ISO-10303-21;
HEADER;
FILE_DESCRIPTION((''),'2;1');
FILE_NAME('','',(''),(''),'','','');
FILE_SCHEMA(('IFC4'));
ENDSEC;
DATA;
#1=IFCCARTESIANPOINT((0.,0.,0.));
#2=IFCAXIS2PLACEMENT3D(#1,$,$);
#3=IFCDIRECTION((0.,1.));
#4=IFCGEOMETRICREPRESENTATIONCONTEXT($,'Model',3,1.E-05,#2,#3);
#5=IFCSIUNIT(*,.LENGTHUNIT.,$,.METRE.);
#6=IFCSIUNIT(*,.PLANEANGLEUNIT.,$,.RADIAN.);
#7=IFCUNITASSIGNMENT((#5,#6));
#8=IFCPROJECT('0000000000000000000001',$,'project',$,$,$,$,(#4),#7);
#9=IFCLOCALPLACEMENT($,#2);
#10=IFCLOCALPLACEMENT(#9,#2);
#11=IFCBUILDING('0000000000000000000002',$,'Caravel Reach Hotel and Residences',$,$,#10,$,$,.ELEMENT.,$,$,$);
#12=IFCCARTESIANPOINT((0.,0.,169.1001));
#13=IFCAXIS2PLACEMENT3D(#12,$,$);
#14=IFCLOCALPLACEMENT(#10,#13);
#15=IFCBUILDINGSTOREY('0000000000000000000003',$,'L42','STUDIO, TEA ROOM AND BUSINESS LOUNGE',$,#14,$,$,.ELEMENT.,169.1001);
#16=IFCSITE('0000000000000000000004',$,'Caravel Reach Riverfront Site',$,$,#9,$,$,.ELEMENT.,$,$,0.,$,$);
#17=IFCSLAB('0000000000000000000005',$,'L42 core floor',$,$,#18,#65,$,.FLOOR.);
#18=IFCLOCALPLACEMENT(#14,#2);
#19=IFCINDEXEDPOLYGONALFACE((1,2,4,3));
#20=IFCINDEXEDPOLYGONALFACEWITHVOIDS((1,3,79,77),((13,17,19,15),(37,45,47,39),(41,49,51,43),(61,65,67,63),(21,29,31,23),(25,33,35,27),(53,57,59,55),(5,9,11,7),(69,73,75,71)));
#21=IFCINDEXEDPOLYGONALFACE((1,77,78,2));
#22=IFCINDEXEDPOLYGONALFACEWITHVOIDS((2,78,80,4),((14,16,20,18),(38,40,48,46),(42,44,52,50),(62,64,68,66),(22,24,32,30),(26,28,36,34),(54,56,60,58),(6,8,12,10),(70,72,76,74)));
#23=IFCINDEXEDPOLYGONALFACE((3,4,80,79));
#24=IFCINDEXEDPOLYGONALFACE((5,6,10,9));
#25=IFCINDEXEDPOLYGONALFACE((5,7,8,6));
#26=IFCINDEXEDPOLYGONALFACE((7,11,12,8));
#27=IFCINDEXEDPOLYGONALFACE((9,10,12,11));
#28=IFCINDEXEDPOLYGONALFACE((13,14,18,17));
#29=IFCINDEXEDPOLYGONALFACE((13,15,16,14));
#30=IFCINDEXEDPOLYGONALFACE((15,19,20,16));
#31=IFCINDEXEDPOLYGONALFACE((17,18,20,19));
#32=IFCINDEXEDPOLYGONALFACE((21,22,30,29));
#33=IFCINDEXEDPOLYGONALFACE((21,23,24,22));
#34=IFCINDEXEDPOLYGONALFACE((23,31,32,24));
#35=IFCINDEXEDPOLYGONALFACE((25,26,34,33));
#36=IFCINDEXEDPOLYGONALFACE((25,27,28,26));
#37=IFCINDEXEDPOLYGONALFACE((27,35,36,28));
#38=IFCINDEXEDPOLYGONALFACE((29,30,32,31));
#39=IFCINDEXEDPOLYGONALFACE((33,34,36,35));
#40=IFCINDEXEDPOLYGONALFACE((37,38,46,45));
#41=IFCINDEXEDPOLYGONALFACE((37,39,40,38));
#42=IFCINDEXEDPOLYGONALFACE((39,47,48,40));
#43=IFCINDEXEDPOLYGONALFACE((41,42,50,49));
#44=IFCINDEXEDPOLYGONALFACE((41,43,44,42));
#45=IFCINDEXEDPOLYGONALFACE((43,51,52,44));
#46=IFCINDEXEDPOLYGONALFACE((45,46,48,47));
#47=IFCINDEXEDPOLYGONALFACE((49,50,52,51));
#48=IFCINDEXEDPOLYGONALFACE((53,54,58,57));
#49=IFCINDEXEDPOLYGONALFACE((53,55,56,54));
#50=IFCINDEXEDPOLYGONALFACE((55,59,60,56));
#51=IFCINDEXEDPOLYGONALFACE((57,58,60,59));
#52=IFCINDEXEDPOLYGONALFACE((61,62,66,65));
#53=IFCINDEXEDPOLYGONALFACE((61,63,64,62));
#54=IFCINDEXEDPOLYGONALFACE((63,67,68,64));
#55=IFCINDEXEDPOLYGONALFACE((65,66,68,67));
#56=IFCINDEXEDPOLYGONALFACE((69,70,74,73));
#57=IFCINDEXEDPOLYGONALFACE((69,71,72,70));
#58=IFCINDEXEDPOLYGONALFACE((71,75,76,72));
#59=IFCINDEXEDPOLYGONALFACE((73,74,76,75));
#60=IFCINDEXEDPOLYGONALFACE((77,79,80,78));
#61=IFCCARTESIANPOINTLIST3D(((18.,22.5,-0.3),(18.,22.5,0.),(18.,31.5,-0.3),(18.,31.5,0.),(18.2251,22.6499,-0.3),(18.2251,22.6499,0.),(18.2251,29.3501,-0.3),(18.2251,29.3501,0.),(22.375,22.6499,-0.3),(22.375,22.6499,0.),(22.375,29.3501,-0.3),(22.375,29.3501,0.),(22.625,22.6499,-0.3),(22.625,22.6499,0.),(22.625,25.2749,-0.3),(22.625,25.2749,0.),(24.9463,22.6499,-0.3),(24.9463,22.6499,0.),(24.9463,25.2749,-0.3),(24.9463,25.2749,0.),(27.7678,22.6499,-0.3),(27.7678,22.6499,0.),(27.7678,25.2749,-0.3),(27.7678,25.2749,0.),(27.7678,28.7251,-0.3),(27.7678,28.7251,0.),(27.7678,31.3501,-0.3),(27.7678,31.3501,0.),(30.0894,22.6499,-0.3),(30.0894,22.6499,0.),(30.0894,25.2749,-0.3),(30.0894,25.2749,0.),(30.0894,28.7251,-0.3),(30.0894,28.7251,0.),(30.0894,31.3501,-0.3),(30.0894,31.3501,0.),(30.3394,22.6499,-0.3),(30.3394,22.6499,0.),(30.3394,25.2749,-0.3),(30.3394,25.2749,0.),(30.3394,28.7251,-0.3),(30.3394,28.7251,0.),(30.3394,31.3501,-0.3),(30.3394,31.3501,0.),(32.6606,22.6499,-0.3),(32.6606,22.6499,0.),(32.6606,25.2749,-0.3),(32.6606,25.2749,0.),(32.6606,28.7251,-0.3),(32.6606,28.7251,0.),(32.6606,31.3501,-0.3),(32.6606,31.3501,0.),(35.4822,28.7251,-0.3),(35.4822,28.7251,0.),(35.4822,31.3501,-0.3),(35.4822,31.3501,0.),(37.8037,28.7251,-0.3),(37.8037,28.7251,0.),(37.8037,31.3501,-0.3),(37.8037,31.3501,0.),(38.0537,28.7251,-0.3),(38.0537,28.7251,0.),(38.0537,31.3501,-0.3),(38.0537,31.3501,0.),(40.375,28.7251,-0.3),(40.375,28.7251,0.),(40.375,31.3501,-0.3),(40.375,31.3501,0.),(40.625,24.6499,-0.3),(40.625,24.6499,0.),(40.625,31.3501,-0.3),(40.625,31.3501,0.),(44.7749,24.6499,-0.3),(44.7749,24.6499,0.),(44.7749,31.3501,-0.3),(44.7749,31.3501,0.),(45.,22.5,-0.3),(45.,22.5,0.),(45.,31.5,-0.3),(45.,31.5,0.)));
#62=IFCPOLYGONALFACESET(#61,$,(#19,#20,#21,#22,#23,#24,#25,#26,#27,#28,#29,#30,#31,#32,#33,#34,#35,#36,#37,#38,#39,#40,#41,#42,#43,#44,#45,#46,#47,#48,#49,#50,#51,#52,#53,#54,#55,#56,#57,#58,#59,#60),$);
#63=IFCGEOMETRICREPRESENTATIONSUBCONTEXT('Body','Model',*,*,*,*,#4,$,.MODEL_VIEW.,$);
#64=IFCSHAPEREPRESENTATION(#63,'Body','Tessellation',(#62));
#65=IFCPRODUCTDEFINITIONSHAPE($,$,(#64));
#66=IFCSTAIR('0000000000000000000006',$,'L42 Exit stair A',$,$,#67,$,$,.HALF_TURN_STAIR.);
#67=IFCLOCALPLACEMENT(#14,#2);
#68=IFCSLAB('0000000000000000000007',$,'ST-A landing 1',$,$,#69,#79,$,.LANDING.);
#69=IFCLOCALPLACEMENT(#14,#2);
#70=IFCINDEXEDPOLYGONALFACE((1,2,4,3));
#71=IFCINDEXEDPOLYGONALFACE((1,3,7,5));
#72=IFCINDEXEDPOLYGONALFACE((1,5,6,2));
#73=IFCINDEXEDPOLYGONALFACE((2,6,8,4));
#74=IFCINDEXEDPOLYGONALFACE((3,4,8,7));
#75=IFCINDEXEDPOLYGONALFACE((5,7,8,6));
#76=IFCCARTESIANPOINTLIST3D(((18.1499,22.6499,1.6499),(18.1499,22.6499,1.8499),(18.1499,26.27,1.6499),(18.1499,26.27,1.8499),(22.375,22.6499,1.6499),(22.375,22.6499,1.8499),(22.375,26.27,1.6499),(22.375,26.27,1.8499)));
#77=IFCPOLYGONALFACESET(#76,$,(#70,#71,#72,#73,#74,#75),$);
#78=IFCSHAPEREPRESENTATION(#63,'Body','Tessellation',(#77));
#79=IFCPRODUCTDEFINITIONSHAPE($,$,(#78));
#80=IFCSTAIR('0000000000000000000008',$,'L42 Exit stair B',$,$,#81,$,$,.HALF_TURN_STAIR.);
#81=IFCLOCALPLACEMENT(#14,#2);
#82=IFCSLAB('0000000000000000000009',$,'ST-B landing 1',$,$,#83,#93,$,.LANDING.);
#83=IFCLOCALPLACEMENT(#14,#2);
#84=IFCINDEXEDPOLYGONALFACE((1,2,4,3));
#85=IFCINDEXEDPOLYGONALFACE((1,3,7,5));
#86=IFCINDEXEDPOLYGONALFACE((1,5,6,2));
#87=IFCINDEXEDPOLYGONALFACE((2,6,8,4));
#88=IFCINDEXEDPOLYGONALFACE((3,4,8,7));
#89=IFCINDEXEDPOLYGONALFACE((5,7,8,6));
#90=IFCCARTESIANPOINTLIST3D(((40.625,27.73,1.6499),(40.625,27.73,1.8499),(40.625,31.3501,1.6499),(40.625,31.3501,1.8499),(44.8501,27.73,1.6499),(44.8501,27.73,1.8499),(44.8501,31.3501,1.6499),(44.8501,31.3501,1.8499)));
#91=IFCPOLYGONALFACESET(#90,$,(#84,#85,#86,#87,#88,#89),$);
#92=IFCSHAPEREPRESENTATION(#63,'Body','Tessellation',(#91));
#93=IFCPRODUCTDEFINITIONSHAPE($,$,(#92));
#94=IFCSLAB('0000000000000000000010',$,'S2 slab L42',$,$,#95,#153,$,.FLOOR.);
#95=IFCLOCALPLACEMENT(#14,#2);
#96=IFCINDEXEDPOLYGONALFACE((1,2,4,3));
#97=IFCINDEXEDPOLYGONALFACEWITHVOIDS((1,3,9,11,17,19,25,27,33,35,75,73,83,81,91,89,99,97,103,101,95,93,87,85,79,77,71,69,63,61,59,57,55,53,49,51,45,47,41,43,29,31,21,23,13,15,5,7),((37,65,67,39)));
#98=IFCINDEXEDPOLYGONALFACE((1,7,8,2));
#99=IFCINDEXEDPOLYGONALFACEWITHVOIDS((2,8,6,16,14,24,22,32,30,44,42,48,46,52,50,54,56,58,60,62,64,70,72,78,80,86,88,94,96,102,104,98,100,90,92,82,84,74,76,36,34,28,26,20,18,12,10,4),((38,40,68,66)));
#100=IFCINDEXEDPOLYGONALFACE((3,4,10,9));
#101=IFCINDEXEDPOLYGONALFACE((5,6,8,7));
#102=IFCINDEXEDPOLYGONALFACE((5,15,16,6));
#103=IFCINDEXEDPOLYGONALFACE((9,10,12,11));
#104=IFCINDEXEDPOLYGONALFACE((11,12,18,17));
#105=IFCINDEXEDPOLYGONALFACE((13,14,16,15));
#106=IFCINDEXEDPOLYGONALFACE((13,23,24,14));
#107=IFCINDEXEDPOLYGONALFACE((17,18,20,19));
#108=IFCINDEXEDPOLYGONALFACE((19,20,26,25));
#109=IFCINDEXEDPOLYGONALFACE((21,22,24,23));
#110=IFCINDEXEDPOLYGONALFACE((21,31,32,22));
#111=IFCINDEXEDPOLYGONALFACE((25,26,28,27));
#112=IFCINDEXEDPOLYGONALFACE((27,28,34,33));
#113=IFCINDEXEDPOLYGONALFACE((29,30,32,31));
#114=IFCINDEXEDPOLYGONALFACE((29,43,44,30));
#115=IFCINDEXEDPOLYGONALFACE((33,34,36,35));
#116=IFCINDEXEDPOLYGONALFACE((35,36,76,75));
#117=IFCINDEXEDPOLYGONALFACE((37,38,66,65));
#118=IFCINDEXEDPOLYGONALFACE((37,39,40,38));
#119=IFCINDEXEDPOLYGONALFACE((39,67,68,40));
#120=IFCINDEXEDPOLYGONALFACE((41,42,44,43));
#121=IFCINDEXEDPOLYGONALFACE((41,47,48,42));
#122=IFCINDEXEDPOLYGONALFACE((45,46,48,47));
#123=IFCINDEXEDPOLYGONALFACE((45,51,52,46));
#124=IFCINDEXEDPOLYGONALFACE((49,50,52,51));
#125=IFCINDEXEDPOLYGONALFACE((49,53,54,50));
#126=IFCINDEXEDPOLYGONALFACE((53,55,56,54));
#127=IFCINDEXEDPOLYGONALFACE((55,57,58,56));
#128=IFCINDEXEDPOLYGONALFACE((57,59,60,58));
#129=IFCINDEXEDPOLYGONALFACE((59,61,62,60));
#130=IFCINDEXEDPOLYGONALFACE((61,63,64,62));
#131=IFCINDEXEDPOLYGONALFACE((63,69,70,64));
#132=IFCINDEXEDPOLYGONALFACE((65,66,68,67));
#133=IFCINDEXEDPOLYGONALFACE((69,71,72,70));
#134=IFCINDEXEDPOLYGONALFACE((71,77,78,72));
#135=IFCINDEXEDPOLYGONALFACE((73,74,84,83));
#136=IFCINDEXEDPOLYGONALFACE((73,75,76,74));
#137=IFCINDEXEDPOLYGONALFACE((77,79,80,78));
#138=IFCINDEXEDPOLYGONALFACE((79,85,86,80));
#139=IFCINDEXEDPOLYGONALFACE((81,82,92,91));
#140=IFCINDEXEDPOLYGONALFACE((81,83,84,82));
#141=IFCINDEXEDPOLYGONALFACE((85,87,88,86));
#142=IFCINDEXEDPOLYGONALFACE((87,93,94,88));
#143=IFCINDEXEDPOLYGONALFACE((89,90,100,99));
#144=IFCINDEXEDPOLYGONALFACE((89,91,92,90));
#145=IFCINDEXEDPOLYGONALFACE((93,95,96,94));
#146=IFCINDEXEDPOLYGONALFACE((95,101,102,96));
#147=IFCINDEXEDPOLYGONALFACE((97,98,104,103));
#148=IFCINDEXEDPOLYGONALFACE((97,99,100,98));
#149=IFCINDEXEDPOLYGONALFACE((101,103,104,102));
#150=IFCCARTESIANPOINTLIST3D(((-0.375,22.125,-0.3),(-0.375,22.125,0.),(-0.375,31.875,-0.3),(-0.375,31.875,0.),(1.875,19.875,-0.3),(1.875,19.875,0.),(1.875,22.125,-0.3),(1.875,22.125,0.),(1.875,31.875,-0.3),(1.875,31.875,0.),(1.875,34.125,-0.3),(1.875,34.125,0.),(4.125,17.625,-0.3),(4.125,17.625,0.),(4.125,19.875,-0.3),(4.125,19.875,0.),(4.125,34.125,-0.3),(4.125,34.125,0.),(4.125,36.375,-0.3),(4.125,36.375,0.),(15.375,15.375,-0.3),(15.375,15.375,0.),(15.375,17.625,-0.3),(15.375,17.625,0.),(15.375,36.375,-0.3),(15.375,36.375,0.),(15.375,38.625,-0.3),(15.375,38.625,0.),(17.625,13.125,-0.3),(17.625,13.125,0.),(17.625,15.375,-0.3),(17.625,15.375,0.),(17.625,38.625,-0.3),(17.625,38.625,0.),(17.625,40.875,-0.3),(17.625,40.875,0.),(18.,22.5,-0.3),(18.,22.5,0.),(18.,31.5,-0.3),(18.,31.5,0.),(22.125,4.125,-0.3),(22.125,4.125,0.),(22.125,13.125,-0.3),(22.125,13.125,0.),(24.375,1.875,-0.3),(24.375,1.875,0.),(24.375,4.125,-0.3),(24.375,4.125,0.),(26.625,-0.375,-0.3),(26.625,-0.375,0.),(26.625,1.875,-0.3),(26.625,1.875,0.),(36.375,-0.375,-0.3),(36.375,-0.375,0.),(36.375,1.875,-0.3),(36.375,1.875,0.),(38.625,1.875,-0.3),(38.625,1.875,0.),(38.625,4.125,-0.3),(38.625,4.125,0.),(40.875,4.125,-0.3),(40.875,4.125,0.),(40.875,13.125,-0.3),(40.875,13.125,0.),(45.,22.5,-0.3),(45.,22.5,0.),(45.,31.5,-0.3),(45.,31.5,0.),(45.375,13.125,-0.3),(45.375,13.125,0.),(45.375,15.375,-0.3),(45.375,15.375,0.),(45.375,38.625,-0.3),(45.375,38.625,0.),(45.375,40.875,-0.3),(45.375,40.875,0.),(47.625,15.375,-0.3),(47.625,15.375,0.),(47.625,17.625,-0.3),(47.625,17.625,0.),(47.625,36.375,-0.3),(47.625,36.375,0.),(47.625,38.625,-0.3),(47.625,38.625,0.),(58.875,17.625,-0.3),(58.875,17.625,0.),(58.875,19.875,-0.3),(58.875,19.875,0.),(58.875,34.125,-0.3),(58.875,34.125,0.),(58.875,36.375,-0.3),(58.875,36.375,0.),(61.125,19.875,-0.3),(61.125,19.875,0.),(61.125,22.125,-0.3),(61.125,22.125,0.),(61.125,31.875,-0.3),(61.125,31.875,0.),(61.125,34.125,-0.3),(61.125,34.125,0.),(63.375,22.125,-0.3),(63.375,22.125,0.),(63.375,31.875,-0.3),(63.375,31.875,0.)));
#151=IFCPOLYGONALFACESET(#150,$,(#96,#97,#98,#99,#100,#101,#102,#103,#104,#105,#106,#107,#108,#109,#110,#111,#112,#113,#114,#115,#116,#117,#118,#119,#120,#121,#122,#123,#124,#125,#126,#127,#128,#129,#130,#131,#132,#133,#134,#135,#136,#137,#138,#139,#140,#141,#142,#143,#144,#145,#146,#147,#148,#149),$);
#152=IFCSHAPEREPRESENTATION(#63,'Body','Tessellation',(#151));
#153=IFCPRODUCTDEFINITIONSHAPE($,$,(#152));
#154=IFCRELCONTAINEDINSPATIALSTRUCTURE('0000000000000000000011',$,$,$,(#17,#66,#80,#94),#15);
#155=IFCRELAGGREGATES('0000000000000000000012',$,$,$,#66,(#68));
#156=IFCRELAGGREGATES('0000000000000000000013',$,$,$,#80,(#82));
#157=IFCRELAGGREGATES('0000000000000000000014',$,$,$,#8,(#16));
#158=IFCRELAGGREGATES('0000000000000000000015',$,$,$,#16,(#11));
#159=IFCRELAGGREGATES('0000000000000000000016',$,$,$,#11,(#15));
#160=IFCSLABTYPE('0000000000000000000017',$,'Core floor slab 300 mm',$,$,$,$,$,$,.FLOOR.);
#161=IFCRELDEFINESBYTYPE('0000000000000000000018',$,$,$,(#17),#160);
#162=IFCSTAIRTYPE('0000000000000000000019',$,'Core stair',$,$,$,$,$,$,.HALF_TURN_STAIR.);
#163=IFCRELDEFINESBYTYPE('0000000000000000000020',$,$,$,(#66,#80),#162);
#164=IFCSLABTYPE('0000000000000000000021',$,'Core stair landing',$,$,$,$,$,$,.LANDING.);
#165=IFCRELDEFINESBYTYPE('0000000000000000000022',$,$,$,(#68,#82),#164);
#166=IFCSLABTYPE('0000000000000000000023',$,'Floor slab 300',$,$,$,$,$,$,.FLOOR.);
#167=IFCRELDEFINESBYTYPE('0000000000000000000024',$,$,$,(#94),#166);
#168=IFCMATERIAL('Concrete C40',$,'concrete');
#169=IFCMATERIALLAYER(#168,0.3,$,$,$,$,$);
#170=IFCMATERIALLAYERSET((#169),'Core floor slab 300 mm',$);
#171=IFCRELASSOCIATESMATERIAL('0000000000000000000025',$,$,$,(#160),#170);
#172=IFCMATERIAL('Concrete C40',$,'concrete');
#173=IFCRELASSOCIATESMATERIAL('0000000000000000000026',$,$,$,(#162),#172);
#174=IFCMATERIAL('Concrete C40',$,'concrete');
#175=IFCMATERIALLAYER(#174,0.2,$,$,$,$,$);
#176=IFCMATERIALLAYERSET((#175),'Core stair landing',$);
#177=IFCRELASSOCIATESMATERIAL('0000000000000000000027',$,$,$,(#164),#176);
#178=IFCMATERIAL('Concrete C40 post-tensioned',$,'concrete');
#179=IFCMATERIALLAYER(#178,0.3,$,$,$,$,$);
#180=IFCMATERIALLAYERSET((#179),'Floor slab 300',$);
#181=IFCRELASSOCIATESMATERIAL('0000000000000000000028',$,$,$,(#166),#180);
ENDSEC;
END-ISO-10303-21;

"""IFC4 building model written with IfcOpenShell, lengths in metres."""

from ifc_helpers import new_model, si_unit, direction, frame, origin, place, context, subcontext, project, spatial, polyline, outline, extrude, material, layer, layer_set, type_object, element, aggregate, save


model = new_model("IFC4")

# Units and contexts
model_context = context("Model", 3, precision=1e-05, world=origin(), true_north=direction((0.0, 1.0)))
body_context = subcontext(model_context, "Body", "Model", "MODEL_VIEW")
ifc_project = project(units=[si_unit("LENGTHUNIT", "METRE"), si_unit("PLANEANGLEUNIT", "RADIAN")], contexts=[model_context])

# Site, building, storey
site_placement = place(None, origin())
site = spatial("IfcSite", under=ifc_project, at=site_placement, Name="Caravel Reach Riverfront Site", CompositionType="ELEMENT", RefElevation=0.0)
building_placement = place(site_placement, origin())
building = spatial("IfcBuilding", under=site, at=building_placement, Name="Caravel Reach Hotel and Residences", CompositionType="ELEMENT")
storey_placement = place(building_placement, frame((0.0, 0.0, 169.1001)))
storey = spatial("IfcBuildingStorey", under=building, at=storey_placement, Name="L42", Description="STUDIO, TEA ROOM AND BUSINESS LOUNGE", CompositionType="ELEMENT", Elevation=169.1001)

# Slab
ifc_material_1 = material(Name="Concrete C40", Category="concrete")
ifc_layer_1 = layer(ifc_material_1, 0.3)
ifc_layer_set_1 = layer_set([ifc_layer_1], Name="Core floor slab 300 mm")
slab_type_1 = type_object("IfcSlabType", Name="Core floor slab 300 mm", PredefinedType="FLOOR", material=ifc_layer_set_1)
slab_1_placement = place(storey_placement, frame((0.0, 0.0, -0.3)))
element("IfcSlab", 1, at=slab_1_placement, inside=storey, type_object=slab_type_1, Name="L42 core floor", PredefinedType="FLOOR", context=body_context, shape_type="SweptSolid", body=[
    extrude(outline(polyline([(18.0, 31.5), (45.0, 31.5), (45.0, 22.5), (18.0, 22.5), (18.0, 31.5)]), holes=[polyline([(22.625, 25.2749), (22.625, 22.6499), (24.9463, 22.6499), (24.9463, 25.2749), (22.625, 25.2749)]), polyline([(27.7678, 25.2749), (27.7678, 22.6499), (30.0894, 22.6499), (30.0894, 25.2749), (27.7678, 25.2749)]), polyline([(30.3394, 25.2749), (30.3394, 22.6499), (32.6606, 22.6499), (32.6606, 25.2749), (30.3394, 25.2749)]), polyline([(22.375, 22.6499), (22.375, 29.3501), (18.2251, 29.3501), (18.2251, 22.6499), (22.375, 22.6499)]), polyline([(40.625, 31.3501), (40.625, 24.6499), (44.7749, 24.6499), (44.7749, 31.3501), (40.625, 31.3501)]), polyline([(27.7678, 31.3501), (27.7678, 28.7251), (30.0894, 28.7251), (30.0894, 31.3501), (27.7678, 31.3501)]), polyline([(30.3394, 31.3501), (30.3394, 28.7251), (32.6606, 28.7251), (32.6606, 31.3501), (30.3394, 31.3501)]), polyline([(37.8037, 31.3501), (35.4822, 31.3501), (35.4822, 28.7251), (37.8037, 28.7251), (37.8037, 31.3501)]), polyline([(40.375, 31.3501), (38.0537, 31.3501), (38.0537, 28.7251), (40.375, 28.7251), (40.375, 31.3501)])]), origin(), (0.0, 0.0, 1.0), 0.3),
])

# Stairs, slabs
ifc_material_2 = material(Name="Concrete C40", Category="concrete")
stair_type = type_object("IfcStairType", Name="Core stair", PredefinedType="HALF_TURN_STAIR", material=ifc_material_2)
stair_1_placement = place(storey_placement, origin())
stair_1 = element("IfcStair", 2, at=stair_1_placement, inside=storey, type_object=stair_type, Name="L42 Exit stair A", PredefinedType="HALF_TURN_STAIR")
ifc_material_3 = material(Name="Concrete C40", Category="concrete")
ifc_layer_2 = layer(ifc_material_3, 0.2)
ifc_layer_set_2 = layer_set([ifc_layer_2], Name="Core stair landing")
slab_type_2 = type_object("IfcSlabType", Name="Core stair landing", PredefinedType="LANDING", material=ifc_layer_set_2)
slab_2_placement = place(storey_placement, frame((0.0, 0.0, 1.6499)))
slab_2 = element("IfcSlab", 3, at=slab_2_placement, type_object=slab_type_2, Name="ST-A landing 1", PredefinedType="LANDING", context=body_context, shape_type="SweptSolid", body=[
    extrude(outline(polyline([(18.1499, 26.27), (18.1499, 22.6499), (22.375, 22.6499), (22.375, 26.27), (18.1499, 26.27)])), origin(), (0.0, 0.0, 1.0), 0.2),
])
aggregate(stair_1, [slab_2])
stair_2_placement = place(storey_placement, origin())
stair_2 = element("IfcStair", 4, at=stair_2_placement, inside=storey, type_object=stair_type, Name="L42 Exit stair B", PredefinedType="HALF_TURN_STAIR")
slab_3_placement = place(storey_placement, frame((0.0, 0.0, 1.6499)))
slab_3 = element("IfcSlab", 5, at=slab_3_placement, type_object=slab_type_2, Name="ST-B landing 1", PredefinedType="LANDING", context=body_context, shape_type="SweptSolid", body=[
    extrude(outline(polyline([(44.8501, 27.73), (44.8501, 31.3501), (40.625, 31.3501), (40.625, 27.73), (44.8501, 27.73)])), origin(), (0.0, 0.0, 1.0), 0.2),
])
aggregate(stair_2, [slab_3])

# Slab
ifc_material_4 = material(Name="Concrete C40 post-tensioned", Category="concrete")
ifc_layer_3 = layer(ifc_material_4, 0.3)
ifc_layer_set_3 = layer_set([ifc_layer_3], Name="Floor slab 300")
slab_type_3 = type_object("IfcSlabType", Name="Floor slab 300", PredefinedType="FLOOR", material=ifc_layer_set_3)
slab_4_placement = place(storey_placement, frame((0.0, 0.0, -0.3)))
element("IfcSlab", 6, at=slab_4_placement, inside=storey, type_object=slab_type_3, Name="S2 slab L42", PredefinedType="FLOOR", context=body_context, shape_type="SweptSolid", body=[
    extrude(outline(polyline([(17.625, 13.125), (17.625, 15.375), (15.375, 15.375), (15.375, 17.625), (4.125, 17.625), (4.125, 19.875), (1.875, 19.875), (1.875, 22.125), (-0.375, 22.125), (-0.375, 31.875), (1.875, 31.875), (1.875, 34.125), (4.125, 34.125), (4.125, 36.375), (15.375, 36.375), (15.375, 38.625), (17.625, 38.625), (17.625, 40.875), (45.375, 40.875), (45.375, 38.625), (47.625, 38.625), (47.625, 36.375), (58.875, 36.375), (58.875, 34.125), (61.125, 34.125), (61.125, 31.875), (63.375, 31.875), (63.375, 22.125), (61.125, 22.125), (61.125, 19.875), (58.875, 19.875), (58.875, 17.625), (47.625, 17.625), (47.625, 15.375), (45.375, 15.375), (45.375, 13.125), (40.875, 13.125), (40.875, 4.125), (38.625, 4.125), (38.625, 1.875), (36.375, 1.875), (36.375, -0.375), (26.625, -0.375), (26.625, 1.875), (24.375, 1.875), (24.375, 4.125), (22.125, 4.125), (22.125, 13.125), (17.625, 13.125)]), holes=[polyline([(45.0, 31.5), (18.0, 31.5), (18.0, 22.5), (45.0, 22.5), (45.0, 31.5)])]), origin(), (0.0, 0.0, 1.0), 0.3),
])

save(model, "model.ifc")
